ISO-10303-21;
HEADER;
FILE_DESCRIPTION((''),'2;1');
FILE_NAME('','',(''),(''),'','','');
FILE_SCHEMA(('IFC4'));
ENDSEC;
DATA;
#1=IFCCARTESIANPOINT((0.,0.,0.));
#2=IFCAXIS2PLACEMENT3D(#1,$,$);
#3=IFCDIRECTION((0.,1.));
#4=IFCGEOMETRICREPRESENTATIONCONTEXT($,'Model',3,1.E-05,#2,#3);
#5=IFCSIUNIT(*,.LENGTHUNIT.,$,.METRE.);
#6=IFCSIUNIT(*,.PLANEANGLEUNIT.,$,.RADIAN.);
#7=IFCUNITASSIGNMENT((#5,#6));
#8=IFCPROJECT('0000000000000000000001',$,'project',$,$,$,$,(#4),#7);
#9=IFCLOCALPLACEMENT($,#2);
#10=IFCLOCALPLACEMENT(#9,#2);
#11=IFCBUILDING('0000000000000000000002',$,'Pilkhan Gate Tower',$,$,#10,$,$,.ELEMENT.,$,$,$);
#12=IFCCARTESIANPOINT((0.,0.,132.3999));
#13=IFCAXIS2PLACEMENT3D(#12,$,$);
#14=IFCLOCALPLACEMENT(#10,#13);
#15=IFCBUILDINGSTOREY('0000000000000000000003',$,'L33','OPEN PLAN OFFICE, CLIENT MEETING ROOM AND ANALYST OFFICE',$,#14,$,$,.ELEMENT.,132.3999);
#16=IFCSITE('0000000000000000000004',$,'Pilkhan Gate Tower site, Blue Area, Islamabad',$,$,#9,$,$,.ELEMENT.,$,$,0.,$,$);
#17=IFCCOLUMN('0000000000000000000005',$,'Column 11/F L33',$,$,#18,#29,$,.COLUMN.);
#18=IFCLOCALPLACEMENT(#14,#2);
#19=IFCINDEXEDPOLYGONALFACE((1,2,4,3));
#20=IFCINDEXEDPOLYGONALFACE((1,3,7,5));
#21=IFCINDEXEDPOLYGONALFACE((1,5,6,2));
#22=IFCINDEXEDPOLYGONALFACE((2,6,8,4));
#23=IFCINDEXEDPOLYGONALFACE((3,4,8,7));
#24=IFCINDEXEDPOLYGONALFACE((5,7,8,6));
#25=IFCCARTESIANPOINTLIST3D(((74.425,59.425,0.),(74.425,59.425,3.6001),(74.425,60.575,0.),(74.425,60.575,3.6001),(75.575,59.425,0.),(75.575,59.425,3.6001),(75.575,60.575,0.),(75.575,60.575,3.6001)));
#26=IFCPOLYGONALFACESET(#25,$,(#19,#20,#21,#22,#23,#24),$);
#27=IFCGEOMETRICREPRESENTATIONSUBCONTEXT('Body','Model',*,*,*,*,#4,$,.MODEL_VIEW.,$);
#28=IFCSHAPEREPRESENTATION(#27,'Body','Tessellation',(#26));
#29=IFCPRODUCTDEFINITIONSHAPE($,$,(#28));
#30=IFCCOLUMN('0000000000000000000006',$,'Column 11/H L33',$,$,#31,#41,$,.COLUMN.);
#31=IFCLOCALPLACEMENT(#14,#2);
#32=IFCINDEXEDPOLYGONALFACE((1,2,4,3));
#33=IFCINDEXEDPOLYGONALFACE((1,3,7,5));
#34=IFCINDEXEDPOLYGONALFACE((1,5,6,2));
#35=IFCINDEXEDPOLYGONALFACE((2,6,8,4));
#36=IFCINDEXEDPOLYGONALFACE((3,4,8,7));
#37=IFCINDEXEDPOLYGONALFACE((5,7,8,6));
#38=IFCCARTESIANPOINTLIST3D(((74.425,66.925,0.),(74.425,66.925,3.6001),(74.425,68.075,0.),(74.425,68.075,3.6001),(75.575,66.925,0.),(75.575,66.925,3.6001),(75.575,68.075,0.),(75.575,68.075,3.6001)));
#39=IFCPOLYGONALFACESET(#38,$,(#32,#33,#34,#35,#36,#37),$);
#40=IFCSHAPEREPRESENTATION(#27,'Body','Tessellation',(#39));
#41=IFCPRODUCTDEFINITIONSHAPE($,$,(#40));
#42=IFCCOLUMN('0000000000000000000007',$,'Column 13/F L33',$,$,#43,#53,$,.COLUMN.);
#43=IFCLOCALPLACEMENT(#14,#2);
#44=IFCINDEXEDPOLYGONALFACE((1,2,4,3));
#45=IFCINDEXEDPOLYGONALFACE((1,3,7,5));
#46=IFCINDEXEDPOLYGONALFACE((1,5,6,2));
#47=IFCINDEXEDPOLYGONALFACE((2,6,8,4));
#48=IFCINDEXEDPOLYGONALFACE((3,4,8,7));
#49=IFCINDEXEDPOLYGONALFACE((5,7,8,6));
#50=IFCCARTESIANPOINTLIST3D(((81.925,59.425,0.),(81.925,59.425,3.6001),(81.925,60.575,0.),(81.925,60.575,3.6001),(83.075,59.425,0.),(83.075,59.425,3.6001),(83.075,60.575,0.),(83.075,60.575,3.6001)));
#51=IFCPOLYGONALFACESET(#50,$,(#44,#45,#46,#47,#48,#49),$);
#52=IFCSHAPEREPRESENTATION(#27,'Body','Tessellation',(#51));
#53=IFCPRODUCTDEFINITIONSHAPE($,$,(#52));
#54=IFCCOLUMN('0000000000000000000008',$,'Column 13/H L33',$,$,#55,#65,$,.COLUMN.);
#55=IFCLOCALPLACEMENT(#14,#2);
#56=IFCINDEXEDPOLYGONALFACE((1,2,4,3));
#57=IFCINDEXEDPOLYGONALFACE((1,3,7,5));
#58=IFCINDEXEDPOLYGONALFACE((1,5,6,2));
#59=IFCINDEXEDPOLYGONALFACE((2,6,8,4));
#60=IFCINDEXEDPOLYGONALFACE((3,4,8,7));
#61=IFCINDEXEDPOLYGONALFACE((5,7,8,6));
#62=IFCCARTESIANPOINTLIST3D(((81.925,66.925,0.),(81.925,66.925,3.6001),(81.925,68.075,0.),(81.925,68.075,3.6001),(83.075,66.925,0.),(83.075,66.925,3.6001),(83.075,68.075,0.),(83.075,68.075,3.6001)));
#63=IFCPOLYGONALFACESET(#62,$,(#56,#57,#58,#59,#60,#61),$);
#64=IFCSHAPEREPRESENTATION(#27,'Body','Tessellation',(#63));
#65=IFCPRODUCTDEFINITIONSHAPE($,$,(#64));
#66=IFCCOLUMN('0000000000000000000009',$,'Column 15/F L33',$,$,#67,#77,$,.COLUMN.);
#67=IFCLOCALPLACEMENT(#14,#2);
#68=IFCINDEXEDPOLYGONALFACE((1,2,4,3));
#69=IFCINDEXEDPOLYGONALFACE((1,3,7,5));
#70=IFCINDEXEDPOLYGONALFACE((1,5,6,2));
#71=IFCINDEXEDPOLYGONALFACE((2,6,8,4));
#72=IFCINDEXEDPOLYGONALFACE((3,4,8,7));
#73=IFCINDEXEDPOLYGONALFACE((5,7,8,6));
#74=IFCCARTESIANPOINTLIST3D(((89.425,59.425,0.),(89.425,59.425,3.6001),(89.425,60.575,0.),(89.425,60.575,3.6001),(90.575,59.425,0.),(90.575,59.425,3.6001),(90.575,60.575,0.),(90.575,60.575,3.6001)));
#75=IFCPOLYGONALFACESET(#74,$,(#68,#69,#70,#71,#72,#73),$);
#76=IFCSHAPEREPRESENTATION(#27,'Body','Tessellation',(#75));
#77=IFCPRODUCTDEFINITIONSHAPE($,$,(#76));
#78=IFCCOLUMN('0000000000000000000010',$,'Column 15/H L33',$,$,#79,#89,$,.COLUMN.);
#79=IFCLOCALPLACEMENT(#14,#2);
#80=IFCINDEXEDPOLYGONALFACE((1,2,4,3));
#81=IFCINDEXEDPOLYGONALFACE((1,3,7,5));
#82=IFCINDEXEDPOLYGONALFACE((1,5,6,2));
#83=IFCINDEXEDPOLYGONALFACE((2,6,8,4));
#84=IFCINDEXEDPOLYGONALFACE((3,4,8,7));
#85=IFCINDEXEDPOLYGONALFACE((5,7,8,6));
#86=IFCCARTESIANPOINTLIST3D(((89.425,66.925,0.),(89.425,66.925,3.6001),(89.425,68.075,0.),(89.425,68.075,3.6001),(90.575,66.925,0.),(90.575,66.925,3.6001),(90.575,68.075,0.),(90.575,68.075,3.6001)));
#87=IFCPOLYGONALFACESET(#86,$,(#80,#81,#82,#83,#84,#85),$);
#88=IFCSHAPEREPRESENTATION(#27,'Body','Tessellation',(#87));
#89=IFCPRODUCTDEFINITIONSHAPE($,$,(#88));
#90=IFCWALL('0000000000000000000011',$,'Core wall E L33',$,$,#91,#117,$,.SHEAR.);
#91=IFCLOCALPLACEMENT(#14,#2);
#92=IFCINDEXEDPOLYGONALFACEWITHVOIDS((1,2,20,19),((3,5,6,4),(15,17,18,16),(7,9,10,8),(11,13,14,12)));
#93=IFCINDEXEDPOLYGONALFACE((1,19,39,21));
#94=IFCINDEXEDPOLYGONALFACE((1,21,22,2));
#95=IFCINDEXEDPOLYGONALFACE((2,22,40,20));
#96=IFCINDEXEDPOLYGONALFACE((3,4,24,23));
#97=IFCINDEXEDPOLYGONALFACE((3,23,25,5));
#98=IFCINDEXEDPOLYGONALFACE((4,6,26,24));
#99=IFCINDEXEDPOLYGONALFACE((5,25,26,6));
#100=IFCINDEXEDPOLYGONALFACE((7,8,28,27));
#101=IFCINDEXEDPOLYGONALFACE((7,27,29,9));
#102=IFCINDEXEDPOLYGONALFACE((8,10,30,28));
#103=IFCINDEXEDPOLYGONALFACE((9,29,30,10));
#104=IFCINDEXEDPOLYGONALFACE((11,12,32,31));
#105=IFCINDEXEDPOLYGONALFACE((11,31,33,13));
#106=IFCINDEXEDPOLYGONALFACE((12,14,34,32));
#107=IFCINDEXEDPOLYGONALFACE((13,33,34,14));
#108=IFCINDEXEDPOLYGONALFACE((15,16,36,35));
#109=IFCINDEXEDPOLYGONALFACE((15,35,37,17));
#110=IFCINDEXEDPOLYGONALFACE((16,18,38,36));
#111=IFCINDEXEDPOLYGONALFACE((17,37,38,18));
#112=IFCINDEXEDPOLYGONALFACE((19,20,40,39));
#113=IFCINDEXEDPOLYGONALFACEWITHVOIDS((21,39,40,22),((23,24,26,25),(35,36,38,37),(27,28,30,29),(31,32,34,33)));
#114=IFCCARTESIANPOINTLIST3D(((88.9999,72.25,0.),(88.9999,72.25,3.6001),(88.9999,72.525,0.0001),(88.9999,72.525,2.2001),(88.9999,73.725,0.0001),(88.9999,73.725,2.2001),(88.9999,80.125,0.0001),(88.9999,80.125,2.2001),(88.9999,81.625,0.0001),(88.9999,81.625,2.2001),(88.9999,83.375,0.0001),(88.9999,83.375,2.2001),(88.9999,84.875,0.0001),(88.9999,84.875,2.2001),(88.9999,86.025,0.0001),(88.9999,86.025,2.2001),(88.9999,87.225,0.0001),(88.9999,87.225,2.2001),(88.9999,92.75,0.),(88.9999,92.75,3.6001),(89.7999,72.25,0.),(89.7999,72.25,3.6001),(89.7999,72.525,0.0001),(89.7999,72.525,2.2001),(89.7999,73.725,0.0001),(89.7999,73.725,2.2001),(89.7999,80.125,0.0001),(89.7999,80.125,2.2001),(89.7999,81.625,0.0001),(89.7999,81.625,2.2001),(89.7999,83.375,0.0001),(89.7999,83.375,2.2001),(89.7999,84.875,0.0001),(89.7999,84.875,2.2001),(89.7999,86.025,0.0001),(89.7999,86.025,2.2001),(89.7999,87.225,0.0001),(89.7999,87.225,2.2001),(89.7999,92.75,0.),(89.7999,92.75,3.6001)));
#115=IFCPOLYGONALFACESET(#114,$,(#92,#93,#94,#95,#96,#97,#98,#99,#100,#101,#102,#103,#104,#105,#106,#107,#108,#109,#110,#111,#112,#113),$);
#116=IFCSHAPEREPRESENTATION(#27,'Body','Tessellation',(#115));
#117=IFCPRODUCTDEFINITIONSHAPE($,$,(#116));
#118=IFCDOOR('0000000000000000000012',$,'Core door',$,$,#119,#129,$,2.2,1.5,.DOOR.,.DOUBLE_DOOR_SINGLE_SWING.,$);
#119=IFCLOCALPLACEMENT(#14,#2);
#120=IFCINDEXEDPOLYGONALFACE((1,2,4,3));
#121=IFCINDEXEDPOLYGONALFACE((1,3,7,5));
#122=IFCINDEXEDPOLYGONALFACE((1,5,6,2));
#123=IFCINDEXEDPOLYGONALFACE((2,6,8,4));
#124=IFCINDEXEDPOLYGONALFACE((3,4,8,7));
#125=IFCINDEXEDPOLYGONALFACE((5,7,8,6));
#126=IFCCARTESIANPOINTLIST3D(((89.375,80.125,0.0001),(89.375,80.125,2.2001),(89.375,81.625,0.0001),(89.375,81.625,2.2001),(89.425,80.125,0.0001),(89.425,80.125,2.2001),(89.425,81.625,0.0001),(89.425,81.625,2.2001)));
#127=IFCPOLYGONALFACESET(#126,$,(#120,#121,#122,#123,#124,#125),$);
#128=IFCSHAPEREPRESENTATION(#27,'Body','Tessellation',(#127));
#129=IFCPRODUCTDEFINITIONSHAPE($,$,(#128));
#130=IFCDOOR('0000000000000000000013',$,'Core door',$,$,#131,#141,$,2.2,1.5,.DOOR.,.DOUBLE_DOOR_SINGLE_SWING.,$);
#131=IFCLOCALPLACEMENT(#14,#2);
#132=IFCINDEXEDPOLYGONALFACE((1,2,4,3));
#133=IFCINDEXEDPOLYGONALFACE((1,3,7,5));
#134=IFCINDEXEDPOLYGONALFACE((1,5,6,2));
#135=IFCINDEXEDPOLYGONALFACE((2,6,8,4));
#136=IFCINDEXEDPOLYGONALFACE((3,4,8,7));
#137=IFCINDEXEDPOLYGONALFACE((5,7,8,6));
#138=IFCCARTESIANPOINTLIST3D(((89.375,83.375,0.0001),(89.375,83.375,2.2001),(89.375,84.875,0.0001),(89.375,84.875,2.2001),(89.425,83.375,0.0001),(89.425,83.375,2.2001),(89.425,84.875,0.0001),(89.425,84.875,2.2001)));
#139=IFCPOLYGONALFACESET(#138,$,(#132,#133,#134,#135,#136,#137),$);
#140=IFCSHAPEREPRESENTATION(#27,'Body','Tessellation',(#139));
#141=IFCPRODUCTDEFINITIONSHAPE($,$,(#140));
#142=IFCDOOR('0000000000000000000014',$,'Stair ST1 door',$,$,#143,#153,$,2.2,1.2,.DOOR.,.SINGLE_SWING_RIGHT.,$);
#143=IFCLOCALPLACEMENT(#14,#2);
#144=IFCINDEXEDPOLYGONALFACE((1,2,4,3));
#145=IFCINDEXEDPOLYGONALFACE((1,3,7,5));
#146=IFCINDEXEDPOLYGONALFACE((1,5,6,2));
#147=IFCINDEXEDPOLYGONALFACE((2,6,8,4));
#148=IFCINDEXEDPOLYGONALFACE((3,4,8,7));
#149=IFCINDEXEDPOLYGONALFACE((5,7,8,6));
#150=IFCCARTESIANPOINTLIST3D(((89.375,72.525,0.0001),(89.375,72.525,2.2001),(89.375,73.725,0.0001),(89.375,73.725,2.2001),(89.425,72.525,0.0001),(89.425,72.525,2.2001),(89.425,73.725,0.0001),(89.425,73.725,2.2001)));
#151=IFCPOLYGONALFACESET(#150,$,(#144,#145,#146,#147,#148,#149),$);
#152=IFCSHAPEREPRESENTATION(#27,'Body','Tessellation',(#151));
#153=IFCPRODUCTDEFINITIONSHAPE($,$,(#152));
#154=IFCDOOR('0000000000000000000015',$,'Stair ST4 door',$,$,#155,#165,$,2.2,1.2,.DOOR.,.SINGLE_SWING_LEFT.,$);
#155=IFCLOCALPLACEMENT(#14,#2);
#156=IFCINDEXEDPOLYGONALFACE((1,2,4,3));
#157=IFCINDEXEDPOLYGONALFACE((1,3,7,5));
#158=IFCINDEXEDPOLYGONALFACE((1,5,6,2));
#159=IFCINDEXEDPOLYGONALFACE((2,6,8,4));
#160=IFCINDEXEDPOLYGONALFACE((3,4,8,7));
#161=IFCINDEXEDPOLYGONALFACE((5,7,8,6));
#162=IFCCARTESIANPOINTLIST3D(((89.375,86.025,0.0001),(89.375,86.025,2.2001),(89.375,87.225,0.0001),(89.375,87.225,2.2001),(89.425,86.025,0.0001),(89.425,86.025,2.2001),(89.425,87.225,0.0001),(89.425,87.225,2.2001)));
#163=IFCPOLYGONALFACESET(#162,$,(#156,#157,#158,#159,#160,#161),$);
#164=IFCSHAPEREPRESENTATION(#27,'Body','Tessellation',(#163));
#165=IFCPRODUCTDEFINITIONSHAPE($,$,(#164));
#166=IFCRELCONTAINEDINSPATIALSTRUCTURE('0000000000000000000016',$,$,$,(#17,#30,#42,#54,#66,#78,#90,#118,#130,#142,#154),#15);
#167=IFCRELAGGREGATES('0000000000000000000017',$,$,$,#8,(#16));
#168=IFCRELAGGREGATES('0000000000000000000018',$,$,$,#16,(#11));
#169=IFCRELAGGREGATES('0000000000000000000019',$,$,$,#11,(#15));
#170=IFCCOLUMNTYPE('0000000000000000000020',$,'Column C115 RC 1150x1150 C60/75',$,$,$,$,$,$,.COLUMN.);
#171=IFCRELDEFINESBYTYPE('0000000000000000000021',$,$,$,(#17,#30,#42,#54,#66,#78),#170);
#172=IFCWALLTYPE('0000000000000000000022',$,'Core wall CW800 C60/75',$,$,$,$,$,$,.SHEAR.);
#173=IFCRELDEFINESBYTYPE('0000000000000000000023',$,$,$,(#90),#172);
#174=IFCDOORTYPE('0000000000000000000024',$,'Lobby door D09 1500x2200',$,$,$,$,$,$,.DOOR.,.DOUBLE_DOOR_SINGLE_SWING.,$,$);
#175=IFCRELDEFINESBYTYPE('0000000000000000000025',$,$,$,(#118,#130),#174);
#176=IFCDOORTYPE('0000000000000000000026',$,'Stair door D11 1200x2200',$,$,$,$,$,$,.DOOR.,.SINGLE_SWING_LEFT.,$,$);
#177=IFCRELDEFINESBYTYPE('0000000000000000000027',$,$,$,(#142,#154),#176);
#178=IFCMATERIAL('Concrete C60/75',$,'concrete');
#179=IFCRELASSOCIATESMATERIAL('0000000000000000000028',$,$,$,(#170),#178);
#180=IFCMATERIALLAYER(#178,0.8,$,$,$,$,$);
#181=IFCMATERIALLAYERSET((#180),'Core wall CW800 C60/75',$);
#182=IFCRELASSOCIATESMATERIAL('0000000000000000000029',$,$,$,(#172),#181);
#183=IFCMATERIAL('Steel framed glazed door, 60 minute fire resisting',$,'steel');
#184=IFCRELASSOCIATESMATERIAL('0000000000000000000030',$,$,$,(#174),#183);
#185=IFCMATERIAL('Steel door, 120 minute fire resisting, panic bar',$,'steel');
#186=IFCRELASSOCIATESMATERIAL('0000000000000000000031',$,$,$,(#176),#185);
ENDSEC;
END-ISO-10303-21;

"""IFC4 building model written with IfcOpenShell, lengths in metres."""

from ifc_helpers import new_model, si_unit, direction, frame, frame_2d, origin, origin_2d, place, context, subcontext, project, spatial, rectangle, extrude, material, layer, layer_set, material_profile, profile_set, type_object, element, fill, save


model = new_model("IFC4")

# Units and contexts
model_context = context("Model", 3, precision=1e-05, world=origin(), true_north=direction((0.0, 1.0)))
body_context = subcontext(model_context, "Body", "Model", "MODEL_VIEW")
ifc_project = project(units=[si_unit("LENGTHUNIT", "METRE"), si_unit("PLANEANGLEUNIT", "RADIAN")], contexts=[model_context])

# Site, building, storey
site_placement = place(None, origin())
site = spatial("IfcSite", under=ifc_project, at=site_placement, Name="Pilkhan Gate Tower site, Blue Area, Islamabad", CompositionType="ELEMENT", RefElevation=0.0)
building_placement = place(site_placement, origin())
building = spatial("IfcBuilding", under=site, at=building_placement, Name="Pilkhan Gate Tower", CompositionType="ELEMENT")
storey_placement = place(building_placement, frame((0.0, 0.0, 132.3999)))
storey = spatial("IfcBuildingStorey", under=building, at=storey_placement, Name="L33", Description="OPEN PLAN OFFICE, CLIENT MEETING ROOM AND ANALYST OFFICE", CompositionType="ELEMENT", Elevation=132.3999)

# Columns
ifc_material_1 = material(Name="Concrete C60/75", Category="concrete")
ifc_material_profile = material_profile(ifc_material_1, rectangle(XDim=1.1499, YDim=1.1499, at=origin_2d()), Name="RC 1150x1150")
ifc_profile_set = profile_set([ifc_material_profile], Name="Concrete C60/75")
column_type = type_object("IfcColumnType", Name="Column C115 RC 1150x1150 C60/75", PredefinedType="COLUMN", material=ifc_profile_set)
for number, where, z_axis, x_axis, name in (
    (1, (75.0, 60.0, 0.0), (0.0, 0.0, 1.0), (1.0, 0.0, 0.0), "Column 11/F L33"),
    (2, (75.0, 67.5, 0.0), (0.0, 0.0, 1.0), (1.0, 0.0, 0.0), "Column 11/H L33"),
    (3, (82.5, 60.0, 0.0), (0.0, 0.0, 1.0), (1.0, 0.0, 0.0), "Column 13/F L33"),
    (4, (82.5, 67.5, 0.0), (0.0, 0.0, 1.0), (1.0, 0.0, 0.0), "Column 13/H L33"),
    (5, (90.0, 60.0, 0.0), (0.0, 0.0, 1.0), (1.0, 0.0, 0.0), "Column 15/F L33"),
    (6, (90.0, 67.5, 0.0), (0.0, 0.0, 1.0), (1.0, 0.0, 0.0), "Column 15/H L33"),
):
    element("IfcColumn", number, at=place(storey_placement, frame(where, z_axis=z_axis, x_axis=x_axis)), inside=storey, type_object=column_type, Name=name, PredefinedType="COLUMN", context=body_context, shape_type="SweptSolid", body=[
        extrude(rectangle(XDim=1.1499, YDim=1.1499, at=origin_2d()), origin(), (0.0, 0.0, 1.0), 3.6001),
    ])

# Wall, openings, doors
ifc_layer_1 = layer(ifc_material_1, 0.8)
ifc_layer_set_1 = layer_set([ifc_layer_1], Name="Core wall CW800 C60/75")
wall_type_1 = type_object("IfcWallType", Name="Core wall CW800 C60/75", PredefinedType="SHEAR", material=ifc_layer_set_1)
wall_1_placement = place(storey_placement, frame((89.3999, 72.25, 0.0), z_axis=(0.0, 0.0, 1.0), x_axis=(0.0, 1.0, 0.0)))
wall_1 = element("IfcWall", 7, at=wall_1_placement, inside=storey, type_object=wall_type_1, Name="Core wall E L33", PredefinedType="SHEAR", context=body_context, shape_type="SweptSolid", body=[
    extrude(rectangle(XDim=20.5, YDim=0.8, at=frame_2d((10.25, 0.0))), origin(), (0.0, 0.0, 1.0), 3.6001),
])
opening_1_placement = place(wall_1_placement, frame((0.2749, 0.0, 0.0)))
opening_1 = element("IfcOpeningElement", 8, at=opening_1_placement, cuts=wall_1, PredefinedType="OPENING", context=body_context, shape_type="SweptSolid", body=[
    extrude(rectangle(XDim=1.2, YDim=2.2, at=frame_2d((0.6001, 1.1001))), frame((0.0, 0.4099, 0.0), z_axis=(0.0, -1.0, 0.0), x_axis=(1.0, 0.0, 0.0)), (0.0, 0.0, 1.0), 0.8201),
])
opening_2_placement = place(wall_1_placement, frame((13.7749, 0.0, 0.0)))
opening_2 = element("IfcOpeningElement", 9, at=opening_2_placement, cuts=wall_1, PredefinedType="OPENING", context=body_context, shape_type="SweptSolid", body=[
    extrude(rectangle(XDim=1.2, YDim=2.2, at=frame_2d((0.6001, 1.1001))), frame((0.0, 0.4099, 0.0), z_axis=(0.0, -1.0, 0.0), x_axis=(1.0, 0.0, 0.0)), (0.0, 0.0, 1.0), 0.8201),
])
opening_3_placement = place(wall_1_placement, frame((7.875, 0.0, 0.0)))
opening_3 = element("IfcOpeningElement", 10, at=opening_3_placement, cuts=wall_1, PredefinedType="OPENING", context=body_context, shape_type="SweptSolid", body=[
    extrude(rectangle(XDim=1.5, YDim=2.2, at=frame_2d((0.75, 1.1001))), frame((0.0, 0.4099, 0.0), z_axis=(0.0, -1.0, 0.0), x_axis=(1.0, 0.0, 0.0)), (0.0, 0.0, 1.0), 0.8201),
])
opening_4_placement = place(wall_1_placement, frame((11.125, 0.0, 0.0)))
opening_4 = element("IfcOpeningElement", 11, at=opening_4_placement, cuts=wall_1, PredefinedType="OPENING", context=body_context, shape_type="SweptSolid", body=[
    extrude(rectangle(XDim=1.5, YDim=2.2, at=frame_2d((0.75, 1.1001))), frame((0.0, 0.4099, 0.0), z_axis=(0.0, -1.0, 0.0), x_axis=(1.0, 0.0, 0.0)), (0.0, 0.0, 1.0), 0.8201),
])
ifc_material_2 = material(Name="Steel framed glazed door, 60 minute fire resisting", Category="steel")
door_type_1 = type_object("IfcDoorType", Name="Lobby door D09 1500x2200", OperationType="DOUBLE_DOOR_SINGLE_SWING", PredefinedType="DOOR", material=ifc_material_2)
door_1_placement = place(opening_3_placement, origin())
door_1 = element("IfcDoor", 12, at=door_1_placement, inside=storey, type_object=door_type_1, Name="Core door", OperationType="DOUBLE_DOOR_SINGLE_SWING", OverallHeight=2.2, OverallWidth=1.5, PredefinedType="DOOR", context=body_context, shape_type="SweptSolid", body=[
    extrude(rectangle(XDim=1.5, YDim=2.2, at=frame_2d((0.75, 1.1001))), frame((0.0, 0.0249, 0.0), z_axis=(0.0, -1.0, 0.0), x_axis=(1.0, 0.0, 0.0)), (0.0, 0.0, 1.0), 0.05),
])
fill(opening_3, door_1)
door_2_placement = place(opening_4_placement, origin())
door_2 = element("IfcDoor", 13, at=door_2_placement, inside=storey, type_object=door_type_1, Name="Core door", OperationType="DOUBLE_DOOR_SINGLE_SWING", OverallHeight=2.2, OverallWidth=1.5, PredefinedType="DOOR", context=body_context, shape_type="SweptSolid", body=[
    extrude(rectangle(XDim=1.5, YDim=2.2, at=frame_2d((0.75, 1.1001))), frame((0.0, 0.0249, 0.0), z_axis=(0.0, -1.0, 0.0), x_axis=(1.0, 0.0, 0.0)), (0.0, 0.0, 1.0), 0.05),
])
fill(opening_4, door_2)
ifc_material_3 = material(Name="Steel door, 120 minute fire resisting, panic bar", Category="steel")
door_type_2 = type_object("IfcDoorType", Name="Stair door D11 1200x2200", OperationType="SINGLE_SWING_LEFT", PredefinedType="DOOR", material=ifc_material_3)
door_3_placement = place(opening_1_placement, origin())
door_3 = element("IfcDoor", 14, at=door_3_placement, inside=storey, type_object=door_type_2, Name="Stair ST1 door", OperationType="SINGLE_SWING_RIGHT", OverallHeight=2.2, OverallWidth=1.2, PredefinedType="DOOR", context=body_context, shape_type="SweptSolid", body=[
    extrude(rectangle(XDim=1.2, YDim=2.2, at=frame_2d((0.6001, 1.1001))), frame((0.0, 0.0249, 0.0), z_axis=(0.0, -1.0, 0.0), x_axis=(1.0, 0.0, 0.0)), (0.0, 0.0, 1.0), 0.05),
])
fill(opening_1, door_3)
door_4_placement = place(opening_2_placement, origin())
door_4 = element("IfcDoor", 15, at=door_4_placement, inside=storey, type_object=door_type_2, Name="Stair ST4 door", OperationType="SINGLE_SWING_LEFT", OverallHeight=2.2, OverallWidth=1.2, PredefinedType="DOOR", context=body_context, shape_type="SweptSolid", body=[
    extrude(rectangle(XDim=1.2, YDim=2.2, at=frame_2d((0.6001, 1.1001))), frame((0.0, 0.0249, 0.0), z_axis=(0.0, -1.0, 0.0), x_axis=(1.0, 0.0, 0.0)), (0.0, 0.0, 1.0), 0.05),
])
fill(opening_2, door_4)

save(model, "model.ifc")
